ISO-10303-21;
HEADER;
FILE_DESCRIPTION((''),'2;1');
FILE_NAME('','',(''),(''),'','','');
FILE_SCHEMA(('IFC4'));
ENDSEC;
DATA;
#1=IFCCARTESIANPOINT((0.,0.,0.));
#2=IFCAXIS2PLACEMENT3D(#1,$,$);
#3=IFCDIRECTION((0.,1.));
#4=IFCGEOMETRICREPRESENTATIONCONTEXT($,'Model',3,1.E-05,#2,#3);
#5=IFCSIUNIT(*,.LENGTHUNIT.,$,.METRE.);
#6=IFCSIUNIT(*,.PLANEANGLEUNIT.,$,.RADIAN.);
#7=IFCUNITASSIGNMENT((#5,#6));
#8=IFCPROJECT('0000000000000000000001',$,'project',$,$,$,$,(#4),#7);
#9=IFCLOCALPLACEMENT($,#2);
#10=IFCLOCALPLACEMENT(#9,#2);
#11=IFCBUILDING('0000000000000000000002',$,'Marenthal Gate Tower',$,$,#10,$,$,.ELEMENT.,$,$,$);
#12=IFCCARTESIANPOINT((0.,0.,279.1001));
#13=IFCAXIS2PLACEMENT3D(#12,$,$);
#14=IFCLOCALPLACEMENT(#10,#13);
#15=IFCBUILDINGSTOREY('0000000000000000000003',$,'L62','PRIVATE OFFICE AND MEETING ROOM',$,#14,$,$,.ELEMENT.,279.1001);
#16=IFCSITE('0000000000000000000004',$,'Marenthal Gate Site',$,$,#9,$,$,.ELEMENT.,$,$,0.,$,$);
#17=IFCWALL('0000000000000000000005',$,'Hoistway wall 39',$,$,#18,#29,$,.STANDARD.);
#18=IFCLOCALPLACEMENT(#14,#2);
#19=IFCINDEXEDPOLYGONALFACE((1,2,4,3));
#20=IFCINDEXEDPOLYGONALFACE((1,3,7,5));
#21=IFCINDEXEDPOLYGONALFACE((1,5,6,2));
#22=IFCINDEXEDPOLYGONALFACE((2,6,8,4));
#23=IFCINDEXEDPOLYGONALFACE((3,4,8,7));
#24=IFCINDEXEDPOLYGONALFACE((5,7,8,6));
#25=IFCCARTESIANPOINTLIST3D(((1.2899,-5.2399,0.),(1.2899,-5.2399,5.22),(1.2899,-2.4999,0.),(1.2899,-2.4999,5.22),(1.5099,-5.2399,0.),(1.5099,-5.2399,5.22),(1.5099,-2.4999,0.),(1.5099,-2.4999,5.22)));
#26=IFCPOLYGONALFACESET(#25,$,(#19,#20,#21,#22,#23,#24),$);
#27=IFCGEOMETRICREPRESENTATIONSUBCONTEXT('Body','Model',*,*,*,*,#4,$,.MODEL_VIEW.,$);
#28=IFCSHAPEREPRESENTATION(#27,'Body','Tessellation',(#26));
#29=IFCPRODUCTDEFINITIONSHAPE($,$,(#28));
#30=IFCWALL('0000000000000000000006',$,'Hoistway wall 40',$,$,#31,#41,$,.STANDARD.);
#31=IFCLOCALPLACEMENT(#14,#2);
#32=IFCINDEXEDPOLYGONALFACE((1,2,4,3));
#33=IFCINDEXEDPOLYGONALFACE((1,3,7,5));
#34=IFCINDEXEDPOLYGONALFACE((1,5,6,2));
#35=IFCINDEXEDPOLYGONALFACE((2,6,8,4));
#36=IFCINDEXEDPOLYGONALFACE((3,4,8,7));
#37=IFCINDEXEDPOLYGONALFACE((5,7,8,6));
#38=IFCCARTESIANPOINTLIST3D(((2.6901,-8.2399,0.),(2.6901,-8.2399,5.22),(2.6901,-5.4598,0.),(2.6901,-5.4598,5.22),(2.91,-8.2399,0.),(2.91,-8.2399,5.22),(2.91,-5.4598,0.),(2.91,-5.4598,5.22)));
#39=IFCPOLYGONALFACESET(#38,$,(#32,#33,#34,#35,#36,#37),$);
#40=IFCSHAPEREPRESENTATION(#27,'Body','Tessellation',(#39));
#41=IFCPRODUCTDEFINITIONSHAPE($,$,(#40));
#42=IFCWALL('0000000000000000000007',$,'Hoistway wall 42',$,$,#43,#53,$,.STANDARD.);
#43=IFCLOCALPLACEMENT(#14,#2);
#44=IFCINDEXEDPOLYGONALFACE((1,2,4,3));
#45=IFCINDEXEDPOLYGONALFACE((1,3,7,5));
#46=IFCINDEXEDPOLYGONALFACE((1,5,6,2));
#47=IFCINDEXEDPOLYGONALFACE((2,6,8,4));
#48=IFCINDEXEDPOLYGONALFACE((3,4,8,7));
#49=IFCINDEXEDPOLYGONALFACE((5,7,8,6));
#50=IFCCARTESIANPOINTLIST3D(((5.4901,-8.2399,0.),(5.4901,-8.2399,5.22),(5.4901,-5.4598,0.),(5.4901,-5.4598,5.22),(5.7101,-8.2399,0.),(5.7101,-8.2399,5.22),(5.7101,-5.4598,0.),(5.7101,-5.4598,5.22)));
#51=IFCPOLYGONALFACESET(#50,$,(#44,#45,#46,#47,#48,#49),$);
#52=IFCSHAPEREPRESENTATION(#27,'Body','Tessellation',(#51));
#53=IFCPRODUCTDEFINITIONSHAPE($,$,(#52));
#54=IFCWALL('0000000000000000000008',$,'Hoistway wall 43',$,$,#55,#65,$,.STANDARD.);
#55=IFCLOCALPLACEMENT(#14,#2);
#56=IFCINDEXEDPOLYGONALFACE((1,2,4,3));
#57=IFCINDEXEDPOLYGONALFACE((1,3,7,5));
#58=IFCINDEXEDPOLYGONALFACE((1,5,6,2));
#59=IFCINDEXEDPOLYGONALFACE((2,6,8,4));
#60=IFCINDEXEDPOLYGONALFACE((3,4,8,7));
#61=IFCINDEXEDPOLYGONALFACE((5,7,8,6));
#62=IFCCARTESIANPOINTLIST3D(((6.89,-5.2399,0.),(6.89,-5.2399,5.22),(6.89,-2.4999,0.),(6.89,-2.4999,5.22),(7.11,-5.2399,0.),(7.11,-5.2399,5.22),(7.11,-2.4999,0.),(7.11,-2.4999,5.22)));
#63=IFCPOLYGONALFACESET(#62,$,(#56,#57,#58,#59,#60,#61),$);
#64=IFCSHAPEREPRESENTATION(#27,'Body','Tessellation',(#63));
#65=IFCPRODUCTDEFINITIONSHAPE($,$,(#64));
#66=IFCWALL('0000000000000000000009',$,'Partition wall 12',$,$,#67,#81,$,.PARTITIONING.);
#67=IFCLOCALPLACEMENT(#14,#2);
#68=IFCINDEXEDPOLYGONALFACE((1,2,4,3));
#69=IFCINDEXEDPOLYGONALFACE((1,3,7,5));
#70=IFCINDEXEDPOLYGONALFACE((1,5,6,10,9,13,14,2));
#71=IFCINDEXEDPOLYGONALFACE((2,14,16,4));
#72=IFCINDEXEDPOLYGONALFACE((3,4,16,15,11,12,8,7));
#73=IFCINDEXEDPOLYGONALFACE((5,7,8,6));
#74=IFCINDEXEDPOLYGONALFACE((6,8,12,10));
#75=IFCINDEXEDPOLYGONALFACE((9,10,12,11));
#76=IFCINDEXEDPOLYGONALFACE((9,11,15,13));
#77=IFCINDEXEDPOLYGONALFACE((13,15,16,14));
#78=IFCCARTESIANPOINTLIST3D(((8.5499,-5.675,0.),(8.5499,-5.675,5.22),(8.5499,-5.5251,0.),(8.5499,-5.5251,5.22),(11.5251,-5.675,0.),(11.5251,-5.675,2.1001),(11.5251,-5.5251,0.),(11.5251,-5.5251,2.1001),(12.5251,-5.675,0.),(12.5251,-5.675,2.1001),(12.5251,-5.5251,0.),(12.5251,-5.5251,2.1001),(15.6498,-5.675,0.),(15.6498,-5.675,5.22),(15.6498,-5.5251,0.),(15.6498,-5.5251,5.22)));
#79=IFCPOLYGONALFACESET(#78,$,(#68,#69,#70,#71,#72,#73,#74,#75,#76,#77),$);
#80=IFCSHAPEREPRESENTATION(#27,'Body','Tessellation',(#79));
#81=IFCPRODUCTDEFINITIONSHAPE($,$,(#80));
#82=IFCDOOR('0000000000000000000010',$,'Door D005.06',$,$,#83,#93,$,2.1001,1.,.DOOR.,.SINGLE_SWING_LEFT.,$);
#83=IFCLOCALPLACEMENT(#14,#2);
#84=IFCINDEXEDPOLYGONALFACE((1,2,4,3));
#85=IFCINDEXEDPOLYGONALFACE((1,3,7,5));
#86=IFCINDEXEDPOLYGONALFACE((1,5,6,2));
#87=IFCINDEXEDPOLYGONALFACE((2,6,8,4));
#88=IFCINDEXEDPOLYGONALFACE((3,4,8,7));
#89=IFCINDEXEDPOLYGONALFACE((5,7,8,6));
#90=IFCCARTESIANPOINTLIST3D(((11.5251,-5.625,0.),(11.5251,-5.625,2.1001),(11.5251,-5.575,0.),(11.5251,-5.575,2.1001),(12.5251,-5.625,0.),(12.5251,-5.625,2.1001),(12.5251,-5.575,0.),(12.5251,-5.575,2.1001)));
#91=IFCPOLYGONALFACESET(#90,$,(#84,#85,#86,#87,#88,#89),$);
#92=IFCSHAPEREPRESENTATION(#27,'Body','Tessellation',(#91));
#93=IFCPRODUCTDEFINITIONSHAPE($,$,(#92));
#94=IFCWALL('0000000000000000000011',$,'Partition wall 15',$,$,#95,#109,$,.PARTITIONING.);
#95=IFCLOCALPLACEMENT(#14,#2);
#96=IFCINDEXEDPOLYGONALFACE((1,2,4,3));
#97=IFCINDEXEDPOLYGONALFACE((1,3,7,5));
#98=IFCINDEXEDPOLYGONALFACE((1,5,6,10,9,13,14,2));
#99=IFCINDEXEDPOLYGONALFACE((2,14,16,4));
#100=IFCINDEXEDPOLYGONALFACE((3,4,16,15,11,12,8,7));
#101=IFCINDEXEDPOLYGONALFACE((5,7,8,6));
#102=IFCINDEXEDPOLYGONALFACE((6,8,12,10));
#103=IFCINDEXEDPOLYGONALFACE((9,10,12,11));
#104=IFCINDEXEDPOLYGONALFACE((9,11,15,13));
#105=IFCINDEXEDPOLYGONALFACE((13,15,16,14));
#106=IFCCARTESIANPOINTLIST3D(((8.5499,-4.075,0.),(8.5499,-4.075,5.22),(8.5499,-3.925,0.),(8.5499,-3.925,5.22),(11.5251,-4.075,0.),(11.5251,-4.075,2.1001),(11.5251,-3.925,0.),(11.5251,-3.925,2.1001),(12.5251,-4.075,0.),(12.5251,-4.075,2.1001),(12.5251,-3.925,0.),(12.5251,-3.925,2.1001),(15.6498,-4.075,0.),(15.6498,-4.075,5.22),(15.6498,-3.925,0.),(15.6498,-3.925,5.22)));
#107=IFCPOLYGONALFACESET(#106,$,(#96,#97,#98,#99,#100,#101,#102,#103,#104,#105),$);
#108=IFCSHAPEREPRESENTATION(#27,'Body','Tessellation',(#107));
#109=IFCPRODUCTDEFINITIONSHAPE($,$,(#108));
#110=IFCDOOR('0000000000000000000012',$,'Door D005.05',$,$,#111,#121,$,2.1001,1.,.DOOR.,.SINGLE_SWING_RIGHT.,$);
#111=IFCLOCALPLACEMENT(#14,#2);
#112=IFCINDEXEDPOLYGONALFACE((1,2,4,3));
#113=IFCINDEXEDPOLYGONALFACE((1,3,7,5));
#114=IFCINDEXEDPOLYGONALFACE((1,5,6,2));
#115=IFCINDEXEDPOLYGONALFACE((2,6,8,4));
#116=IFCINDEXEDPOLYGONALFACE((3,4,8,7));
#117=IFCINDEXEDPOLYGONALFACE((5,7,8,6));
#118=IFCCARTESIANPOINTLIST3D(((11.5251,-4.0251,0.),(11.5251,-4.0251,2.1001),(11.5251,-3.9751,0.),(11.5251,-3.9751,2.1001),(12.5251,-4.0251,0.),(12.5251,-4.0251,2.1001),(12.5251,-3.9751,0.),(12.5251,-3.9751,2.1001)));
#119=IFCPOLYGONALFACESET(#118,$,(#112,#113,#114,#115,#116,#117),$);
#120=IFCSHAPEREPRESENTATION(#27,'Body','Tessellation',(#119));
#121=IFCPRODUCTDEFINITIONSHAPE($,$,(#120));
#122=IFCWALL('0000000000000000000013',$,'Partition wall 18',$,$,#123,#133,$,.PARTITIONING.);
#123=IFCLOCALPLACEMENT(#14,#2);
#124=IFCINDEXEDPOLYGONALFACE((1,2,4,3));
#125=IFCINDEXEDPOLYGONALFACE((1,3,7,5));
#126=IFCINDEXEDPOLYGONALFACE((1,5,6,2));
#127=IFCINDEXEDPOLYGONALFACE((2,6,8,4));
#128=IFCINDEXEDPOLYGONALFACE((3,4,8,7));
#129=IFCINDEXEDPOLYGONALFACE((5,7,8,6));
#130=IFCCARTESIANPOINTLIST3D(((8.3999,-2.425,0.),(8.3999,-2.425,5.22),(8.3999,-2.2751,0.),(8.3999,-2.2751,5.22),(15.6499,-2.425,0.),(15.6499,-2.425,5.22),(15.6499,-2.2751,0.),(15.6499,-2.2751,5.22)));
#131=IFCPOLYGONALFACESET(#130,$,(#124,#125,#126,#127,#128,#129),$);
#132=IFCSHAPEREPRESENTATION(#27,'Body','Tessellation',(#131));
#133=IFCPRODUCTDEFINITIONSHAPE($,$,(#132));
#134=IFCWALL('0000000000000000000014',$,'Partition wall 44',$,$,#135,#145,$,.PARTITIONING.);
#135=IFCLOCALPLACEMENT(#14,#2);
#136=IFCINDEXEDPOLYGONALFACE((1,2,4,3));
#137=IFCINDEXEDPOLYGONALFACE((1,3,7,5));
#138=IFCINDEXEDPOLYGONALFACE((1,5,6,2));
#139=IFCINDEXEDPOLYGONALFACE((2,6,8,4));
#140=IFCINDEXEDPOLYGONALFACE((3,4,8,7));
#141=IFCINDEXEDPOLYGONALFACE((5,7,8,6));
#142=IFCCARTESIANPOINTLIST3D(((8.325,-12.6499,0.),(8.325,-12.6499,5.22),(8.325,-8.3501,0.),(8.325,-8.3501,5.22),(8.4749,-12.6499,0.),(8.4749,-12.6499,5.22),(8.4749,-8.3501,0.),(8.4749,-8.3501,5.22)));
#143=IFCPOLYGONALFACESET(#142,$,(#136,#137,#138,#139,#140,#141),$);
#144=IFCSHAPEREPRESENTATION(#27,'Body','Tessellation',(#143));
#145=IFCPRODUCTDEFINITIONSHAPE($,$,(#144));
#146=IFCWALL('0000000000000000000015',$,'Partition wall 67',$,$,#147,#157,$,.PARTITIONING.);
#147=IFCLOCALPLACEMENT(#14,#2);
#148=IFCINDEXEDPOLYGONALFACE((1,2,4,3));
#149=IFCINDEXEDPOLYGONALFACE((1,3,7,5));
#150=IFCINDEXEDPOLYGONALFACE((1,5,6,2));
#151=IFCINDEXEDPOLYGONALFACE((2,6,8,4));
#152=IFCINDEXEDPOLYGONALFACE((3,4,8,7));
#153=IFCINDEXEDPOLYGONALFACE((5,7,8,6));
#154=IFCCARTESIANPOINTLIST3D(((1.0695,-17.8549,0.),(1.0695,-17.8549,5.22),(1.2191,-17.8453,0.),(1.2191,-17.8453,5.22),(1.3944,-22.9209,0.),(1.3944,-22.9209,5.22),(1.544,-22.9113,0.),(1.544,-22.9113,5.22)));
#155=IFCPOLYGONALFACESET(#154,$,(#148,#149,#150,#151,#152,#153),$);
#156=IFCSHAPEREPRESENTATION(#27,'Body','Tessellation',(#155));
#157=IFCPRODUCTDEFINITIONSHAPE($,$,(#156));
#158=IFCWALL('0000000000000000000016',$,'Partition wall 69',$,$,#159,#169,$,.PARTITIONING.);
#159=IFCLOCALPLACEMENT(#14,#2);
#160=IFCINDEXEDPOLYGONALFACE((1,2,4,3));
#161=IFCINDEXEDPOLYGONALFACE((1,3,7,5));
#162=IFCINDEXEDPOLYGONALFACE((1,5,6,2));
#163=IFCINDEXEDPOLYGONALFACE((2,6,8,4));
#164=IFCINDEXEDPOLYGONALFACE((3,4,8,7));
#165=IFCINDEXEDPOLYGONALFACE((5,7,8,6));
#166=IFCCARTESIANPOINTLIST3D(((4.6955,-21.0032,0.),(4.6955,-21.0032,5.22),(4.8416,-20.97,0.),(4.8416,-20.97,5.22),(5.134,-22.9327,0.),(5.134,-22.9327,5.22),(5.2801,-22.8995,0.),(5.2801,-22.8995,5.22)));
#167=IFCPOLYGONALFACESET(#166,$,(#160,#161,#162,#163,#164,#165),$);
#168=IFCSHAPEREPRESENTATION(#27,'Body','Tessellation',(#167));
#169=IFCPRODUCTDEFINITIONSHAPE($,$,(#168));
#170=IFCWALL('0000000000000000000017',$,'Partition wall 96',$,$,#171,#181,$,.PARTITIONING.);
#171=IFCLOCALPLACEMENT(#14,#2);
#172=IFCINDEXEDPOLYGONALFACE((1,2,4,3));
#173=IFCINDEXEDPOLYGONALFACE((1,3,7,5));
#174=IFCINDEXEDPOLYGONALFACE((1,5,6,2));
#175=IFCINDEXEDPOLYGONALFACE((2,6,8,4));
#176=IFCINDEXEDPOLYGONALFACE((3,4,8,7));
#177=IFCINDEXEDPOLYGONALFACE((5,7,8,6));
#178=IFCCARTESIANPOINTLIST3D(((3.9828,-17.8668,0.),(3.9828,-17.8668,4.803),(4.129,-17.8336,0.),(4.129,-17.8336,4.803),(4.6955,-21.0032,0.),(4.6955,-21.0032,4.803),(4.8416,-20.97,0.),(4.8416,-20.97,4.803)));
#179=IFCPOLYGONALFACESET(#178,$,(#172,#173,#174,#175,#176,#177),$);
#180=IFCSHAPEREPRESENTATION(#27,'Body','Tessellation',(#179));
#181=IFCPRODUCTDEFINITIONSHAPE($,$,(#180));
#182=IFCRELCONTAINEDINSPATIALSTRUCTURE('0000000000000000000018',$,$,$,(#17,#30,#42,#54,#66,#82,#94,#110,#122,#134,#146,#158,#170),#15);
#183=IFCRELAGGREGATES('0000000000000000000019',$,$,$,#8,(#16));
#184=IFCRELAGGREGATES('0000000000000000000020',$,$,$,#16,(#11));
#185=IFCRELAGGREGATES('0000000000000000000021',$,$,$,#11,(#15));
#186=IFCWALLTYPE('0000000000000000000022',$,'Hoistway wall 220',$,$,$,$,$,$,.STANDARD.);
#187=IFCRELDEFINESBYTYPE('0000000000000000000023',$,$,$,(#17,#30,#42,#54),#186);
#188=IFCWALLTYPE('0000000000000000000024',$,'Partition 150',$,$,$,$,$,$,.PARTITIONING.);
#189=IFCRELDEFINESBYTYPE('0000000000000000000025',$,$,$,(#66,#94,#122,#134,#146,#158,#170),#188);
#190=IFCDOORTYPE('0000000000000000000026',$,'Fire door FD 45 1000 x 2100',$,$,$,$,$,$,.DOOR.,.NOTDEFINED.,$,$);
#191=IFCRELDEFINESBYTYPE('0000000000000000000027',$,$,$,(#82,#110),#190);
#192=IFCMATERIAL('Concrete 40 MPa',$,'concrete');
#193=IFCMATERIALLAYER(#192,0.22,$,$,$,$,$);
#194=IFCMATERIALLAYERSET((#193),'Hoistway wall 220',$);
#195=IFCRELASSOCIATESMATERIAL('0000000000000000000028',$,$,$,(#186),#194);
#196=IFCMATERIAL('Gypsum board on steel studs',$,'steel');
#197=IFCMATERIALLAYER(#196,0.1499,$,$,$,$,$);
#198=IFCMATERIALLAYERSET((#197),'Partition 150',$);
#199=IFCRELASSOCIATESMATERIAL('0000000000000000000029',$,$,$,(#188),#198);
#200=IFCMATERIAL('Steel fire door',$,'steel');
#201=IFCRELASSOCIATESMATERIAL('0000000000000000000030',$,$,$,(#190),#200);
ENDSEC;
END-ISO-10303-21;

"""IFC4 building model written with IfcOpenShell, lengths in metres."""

from ifc_helpers import new_model, si_unit, direction, frame, frame_2d, origin, place, context, subcontext, project, spatial, rectangle, extrude, material, layer, layer_set, type_object, element, fill, save


model = new_model("IFC4")

# Units and contexts
model_context = context("Model", 3, precision=1e-05, world=origin(), true_north=direction((0.0, 1.0)))
body_context = subcontext(model_context, "Body", "Model", "MODEL_VIEW")
ifc_project = project(units=[si_unit("LENGTHUNIT", "METRE"), si_unit("PLANEANGLEUNIT", "RADIAN")], contexts=[model_context])

# Site, building, storey
site_placement = place(None, origin())
site = spatial("IfcSite", under=ifc_project, at=site_placement, Name="Marenthal Gate Site", CompositionType="ELEMENT", RefElevation=0.0)
building_placement = place(site_placement, origin())
building = spatial("IfcBuilding", under=site, at=building_placement, Name="Marenthal Gate Tower", CompositionType="ELEMENT")
storey_placement = place(building_placement, frame((0.0, 0.0, 279.1001)))
storey = spatial("IfcBuildingStorey", under=building, at=storey_placement, Name="L62", Description="PRIVATE OFFICE AND MEETING ROOM", CompositionType="ELEMENT", Elevation=279.1001)

# Walls
ifc_material_1 = material(Name="Concrete 40 MPa", Category="concrete")
ifc_layer_1 = layer(ifc_material_1, 0.22)
ifc_layer_set_1 = layer_set([ifc_layer_1], Name="Hoistway wall 220")
wall_type_1 = type_object("IfcWallType", Name="Hoistway wall 220", PredefinedType="STANDARD", material=ifc_layer_set_1)
wall_1_placement = place(storey_placement, frame((1.3999, -5.24, 0.0), z_axis=(0.0, 0.0, 1.0), x_axis=(0.0, 1.0, 0.0)))
element("IfcWall", 1, at=wall_1_placement, inside=storey, type_object=wall_type_1, Name="Hoistway wall 39", PredefinedType="STANDARD", context=body_context, shape_type="SweptSolid", body=[
    extrude(rectangle(XDim=2.74, YDim=0.22, at=frame_2d((1.3701, 0.0))), origin(), (0.0, 0.0, 1.0), 5.22),
])
for number, where, z_axis, x_axis, name in (
    (2, (2.8, -8.24, 0.0), (0.0, 0.0, 1.0), (0.0, 1.0, 0.0), "Hoistway wall 40"),
    (3, (5.6001, -8.24, 0.0), (0.0, 0.0, 1.0), (0.0, 1.0, 0.0), "Hoistway wall 42"),
):
    element("IfcWall", number, at=place(storey_placement, frame(where, z_axis=z_axis, x_axis=x_axis)), inside=storey, type_object=wall_type_1, Name=name, PredefinedType="STANDARD", context=body_context, shape_type="SweptSolid", body=[
        extrude(rectangle(XDim=2.78, YDim=0.22, at=frame_2d((1.3901, 0.0))), origin(), (0.0, 0.0, 1.0), 5.22),
    ])
wall_2_placement = place(storey_placement, frame((7.0, -5.24, 0.0), z_axis=(0.0, 0.0, 1.0), x_axis=(0.0, 1.0, 0.0)))
element("IfcWall", 4, at=wall_2_placement, inside=storey, type_object=wall_type_1, Name="Hoistway wall 43", PredefinedType="STANDARD", context=body_context, shape_type="SweptSolid", body=[
    extrude(rectangle(XDim=2.74, YDim=0.22, at=frame_2d((1.3701, 0.0))), origin(), (0.0, 0.0, 1.0), 5.22),
])

# Walls, openings, doors
ifc_material_2 = material(Name="Gypsum board on steel studs", Category="steel")
ifc_layer_2 = layer(ifc_material_2, 0.1499)
ifc_layer_set_2 = layer_set([ifc_layer_2], Name="Partition 150")
wall_type_2 = type_object("IfcWallType", Name="Partition 150", PredefinedType="PARTITIONING", material=ifc_layer_set_2)
wall_3_placement = place(storey_placement, frame((8.55, -5.6001, 0.0), z_axis=(0.0, 0.0, 1.0), x_axis=(1.0, 0.0, 0.0)))
wall_3 = element("IfcWall", 5, at=wall_3_placement, inside=storey, type_object=wall_type_2, Name="Partition wall 12", PredefinedType="PARTITIONING", context=body_context, shape_type="SweptSolid", body=[
    extrude(rectangle(XDim=7.0999, YDim=0.1499, at=frame_2d((3.5498, 0.0))), origin(), (0.0, 0.0, 1.0), 5.22),
])
opening_1_placement = place(wall_3_placement, frame((2.9751, 0.0, 0.0)))
opening_1 = element("IfcOpeningElement", 6, at=opening_1_placement, cuts=wall_3, PredefinedType="OPENING", context=body_context, shape_type="SweptSolid", body=[
    extrude(rectangle(XDim=1.0, YDim=2.1001, at=frame_2d((0.5, 1.05))), frame((0.0, 0.085, 0.0), z_axis=(0.0, -1.0, 0.0), x_axis=(1.0, 0.0, 0.0)), (0.0, 0.0, 1.0), 0.1699),
])
ifc_material_3 = material(Name="Steel fire door", Category="steel")
door_type = type_object("IfcDoorType", Name="Fire door FD 45 1000 x 2100", OperationType="NOTDEFINED", PredefinedType="DOOR", material=ifc_material_3)
door_1_placement = place(opening_1_placement, frame((1.0, 0.0, 0.0), z_axis=(0.0, 0.0, 1.0), x_axis=(-1.0, 0.0, 0.0)))
door_1 = element("IfcDoor", 7, at=door_1_placement, inside=storey, type_object=door_type, Name="Door D005.06", OperationType="SINGLE_SWING_LEFT", OverallHeight=2.1001, OverallWidth=1.0, PredefinedType="DOOR", context=body_context, shape_type="SweptSolid", body=[
    extrude(rectangle(XDim=1.0, YDim=2.1001, at=frame_2d((0.5, 1.05))), frame((0.0, 0.0249, 0.0), z_axis=(0.0, -1.0, 0.0), x_axis=(1.0, 0.0, 0.0)), (0.0, 0.0, 1.0), 0.05),
])
fill(opening_1, door_1)
wall_4_placement = place(storey_placement, frame((8.55, -4.0, 0.0), z_axis=(0.0, 0.0, 1.0), x_axis=(1.0, 0.0, 0.0)))
wall_4 = element("IfcWall", 8, at=wall_4_placement, inside=storey, type_object=wall_type_2, Name="Partition wall 15", PredefinedType="PARTITIONING", context=body_context, shape_type="SweptSolid", body=[
    extrude(rectangle(XDim=7.0999, YDim=0.1499, at=frame_2d((3.5498, 0.0))), origin(), (0.0, 0.0, 1.0), 5.22),
])
opening_2_placement = place(wall_4_placement, frame((2.9751, 0.0, 0.0)))
opening_2 = element("IfcOpeningElement", 9, at=opening_2_placement, cuts=wall_4, PredefinedType="OPENING", context=body_context, shape_type="SweptSolid", body=[
    extrude(rectangle(XDim=1.0, YDim=2.1001, at=frame_2d((0.5, 1.05))), frame((0.0, 0.085, 0.0), z_axis=(0.0, -1.0, 0.0), x_axis=(1.0, 0.0, 0.0)), (0.0, 0.0, 1.0), 0.1699),
])
door_2_placement = place(opening_2_placement, origin())
door_2 = element("IfcDoor", 10, at=door_2_placement, inside=storey, type_object=door_type, Name="Door D005.05", OperationType="SINGLE_SWING_RIGHT", OverallHeight=2.1001, OverallWidth=1.0, PredefinedType="DOOR", context=body_context, shape_type="SweptSolid", body=[
    extrude(rectangle(XDim=1.0, YDim=2.1001, at=frame_2d((0.5, 1.05))), frame((0.0, 0.0249, 0.0), z_axis=(0.0, -1.0, 0.0), x_axis=(1.0, 0.0, 0.0)), (0.0, 0.0, 1.0), 0.05),
])
fill(opening_2, door_2)

# Walls
wall_5_placement = place(storey_placement, frame((8.3999, -2.3501, 0.0), z_axis=(0.0, 0.0, 1.0), x_axis=(1.0, 0.0, 0.0)))
element("IfcWall", 11, at=wall_5_placement, inside=storey, type_object=wall_type_2, Name="Partition wall 18", PredefinedType="PARTITIONING", context=body_context, shape_type="SweptSolid", body=[
    extrude(rectangle(XDim=7.25, YDim=0.1499, at=frame_2d((3.625, 0.0))), origin(), (0.0, 0.0, 1.0), 5.22),
])
wall_6_placement = place(storey_placement, frame((8.3999, -12.6499, 0.0), z_axis=(0.0, 0.0, 1.0), x_axis=(0.0, 1.0, 0.0)))
element("IfcWall", 12, at=wall_6_placement, inside=storey, type_object=wall_type_2, Name="Partition wall 44", PredefinedType="PARTITIONING", context=body_context, shape_type="SweptSolid", body=[
    extrude(rectangle(XDim=4.2998, YDim=0.1499, at=frame_2d((2.1499, 0.0))), origin(), (0.0, 0.0, 1.0), 5.22),
])
wall_7_placement = place(storey_placement, frame((1.4692, -22.916, 0.0), z_axis=(0.0, 0.0, 1.0), x_axis=(-0.064013, 0.997949, 0.0)))
element("IfcWall", 13, at=wall_7_placement, inside=storey, type_object=wall_type_2, Name="Partition wall 67", PredefinedType="PARTITIONING", context=body_context, shape_type="SweptSolid", body=[
    extrude(rectangle(XDim=5.0764, YDim=0.1499, at=frame_2d((2.5381, 0.0))), origin(), (0.0, 0.0, 1.0), 5.22),
])
wall_8_placement = place(storey_placement, frame((5.207, -22.916, 0.0), z_axis=(0.0, 0.0, 1.0), x_axis=(-0.221605, 0.975136, 0.0)))
element("IfcWall", 14, at=wall_8_placement, inside=storey, type_object=wall_type_2, Name="Partition wall 69", PredefinedType="PARTITIONING", context=body_context, shape_type="SweptSolid", body=[
    extrude(rectangle(XDim=1.9788, YDim=0.1499, at=frame_2d((0.9893, 0.0))), origin(), (0.0, 0.0, 1.0), 5.22),
])
wall_9_placement = place(storey_placement, frame((4.7686, -20.9866, 0.0), z_axis=(0.0, 0.0, 1.0), x_axis=(-0.221565, 0.975146, 0.0)))
element("IfcWall", 15, at=wall_9_placement, inside=storey, type_object=wall_type_2, Name="Partition wall 96", PredefinedType="PARTITIONING", context=body_context, shape_type="SweptSolid", body=[
    extrude(rectangle(XDim=3.2163, YDim=0.1499, at=frame_2d((1.6082, 0.0))), origin(), (0.0, 0.0, 1.0), 4.803),
])

save(model, "model.ifc")
